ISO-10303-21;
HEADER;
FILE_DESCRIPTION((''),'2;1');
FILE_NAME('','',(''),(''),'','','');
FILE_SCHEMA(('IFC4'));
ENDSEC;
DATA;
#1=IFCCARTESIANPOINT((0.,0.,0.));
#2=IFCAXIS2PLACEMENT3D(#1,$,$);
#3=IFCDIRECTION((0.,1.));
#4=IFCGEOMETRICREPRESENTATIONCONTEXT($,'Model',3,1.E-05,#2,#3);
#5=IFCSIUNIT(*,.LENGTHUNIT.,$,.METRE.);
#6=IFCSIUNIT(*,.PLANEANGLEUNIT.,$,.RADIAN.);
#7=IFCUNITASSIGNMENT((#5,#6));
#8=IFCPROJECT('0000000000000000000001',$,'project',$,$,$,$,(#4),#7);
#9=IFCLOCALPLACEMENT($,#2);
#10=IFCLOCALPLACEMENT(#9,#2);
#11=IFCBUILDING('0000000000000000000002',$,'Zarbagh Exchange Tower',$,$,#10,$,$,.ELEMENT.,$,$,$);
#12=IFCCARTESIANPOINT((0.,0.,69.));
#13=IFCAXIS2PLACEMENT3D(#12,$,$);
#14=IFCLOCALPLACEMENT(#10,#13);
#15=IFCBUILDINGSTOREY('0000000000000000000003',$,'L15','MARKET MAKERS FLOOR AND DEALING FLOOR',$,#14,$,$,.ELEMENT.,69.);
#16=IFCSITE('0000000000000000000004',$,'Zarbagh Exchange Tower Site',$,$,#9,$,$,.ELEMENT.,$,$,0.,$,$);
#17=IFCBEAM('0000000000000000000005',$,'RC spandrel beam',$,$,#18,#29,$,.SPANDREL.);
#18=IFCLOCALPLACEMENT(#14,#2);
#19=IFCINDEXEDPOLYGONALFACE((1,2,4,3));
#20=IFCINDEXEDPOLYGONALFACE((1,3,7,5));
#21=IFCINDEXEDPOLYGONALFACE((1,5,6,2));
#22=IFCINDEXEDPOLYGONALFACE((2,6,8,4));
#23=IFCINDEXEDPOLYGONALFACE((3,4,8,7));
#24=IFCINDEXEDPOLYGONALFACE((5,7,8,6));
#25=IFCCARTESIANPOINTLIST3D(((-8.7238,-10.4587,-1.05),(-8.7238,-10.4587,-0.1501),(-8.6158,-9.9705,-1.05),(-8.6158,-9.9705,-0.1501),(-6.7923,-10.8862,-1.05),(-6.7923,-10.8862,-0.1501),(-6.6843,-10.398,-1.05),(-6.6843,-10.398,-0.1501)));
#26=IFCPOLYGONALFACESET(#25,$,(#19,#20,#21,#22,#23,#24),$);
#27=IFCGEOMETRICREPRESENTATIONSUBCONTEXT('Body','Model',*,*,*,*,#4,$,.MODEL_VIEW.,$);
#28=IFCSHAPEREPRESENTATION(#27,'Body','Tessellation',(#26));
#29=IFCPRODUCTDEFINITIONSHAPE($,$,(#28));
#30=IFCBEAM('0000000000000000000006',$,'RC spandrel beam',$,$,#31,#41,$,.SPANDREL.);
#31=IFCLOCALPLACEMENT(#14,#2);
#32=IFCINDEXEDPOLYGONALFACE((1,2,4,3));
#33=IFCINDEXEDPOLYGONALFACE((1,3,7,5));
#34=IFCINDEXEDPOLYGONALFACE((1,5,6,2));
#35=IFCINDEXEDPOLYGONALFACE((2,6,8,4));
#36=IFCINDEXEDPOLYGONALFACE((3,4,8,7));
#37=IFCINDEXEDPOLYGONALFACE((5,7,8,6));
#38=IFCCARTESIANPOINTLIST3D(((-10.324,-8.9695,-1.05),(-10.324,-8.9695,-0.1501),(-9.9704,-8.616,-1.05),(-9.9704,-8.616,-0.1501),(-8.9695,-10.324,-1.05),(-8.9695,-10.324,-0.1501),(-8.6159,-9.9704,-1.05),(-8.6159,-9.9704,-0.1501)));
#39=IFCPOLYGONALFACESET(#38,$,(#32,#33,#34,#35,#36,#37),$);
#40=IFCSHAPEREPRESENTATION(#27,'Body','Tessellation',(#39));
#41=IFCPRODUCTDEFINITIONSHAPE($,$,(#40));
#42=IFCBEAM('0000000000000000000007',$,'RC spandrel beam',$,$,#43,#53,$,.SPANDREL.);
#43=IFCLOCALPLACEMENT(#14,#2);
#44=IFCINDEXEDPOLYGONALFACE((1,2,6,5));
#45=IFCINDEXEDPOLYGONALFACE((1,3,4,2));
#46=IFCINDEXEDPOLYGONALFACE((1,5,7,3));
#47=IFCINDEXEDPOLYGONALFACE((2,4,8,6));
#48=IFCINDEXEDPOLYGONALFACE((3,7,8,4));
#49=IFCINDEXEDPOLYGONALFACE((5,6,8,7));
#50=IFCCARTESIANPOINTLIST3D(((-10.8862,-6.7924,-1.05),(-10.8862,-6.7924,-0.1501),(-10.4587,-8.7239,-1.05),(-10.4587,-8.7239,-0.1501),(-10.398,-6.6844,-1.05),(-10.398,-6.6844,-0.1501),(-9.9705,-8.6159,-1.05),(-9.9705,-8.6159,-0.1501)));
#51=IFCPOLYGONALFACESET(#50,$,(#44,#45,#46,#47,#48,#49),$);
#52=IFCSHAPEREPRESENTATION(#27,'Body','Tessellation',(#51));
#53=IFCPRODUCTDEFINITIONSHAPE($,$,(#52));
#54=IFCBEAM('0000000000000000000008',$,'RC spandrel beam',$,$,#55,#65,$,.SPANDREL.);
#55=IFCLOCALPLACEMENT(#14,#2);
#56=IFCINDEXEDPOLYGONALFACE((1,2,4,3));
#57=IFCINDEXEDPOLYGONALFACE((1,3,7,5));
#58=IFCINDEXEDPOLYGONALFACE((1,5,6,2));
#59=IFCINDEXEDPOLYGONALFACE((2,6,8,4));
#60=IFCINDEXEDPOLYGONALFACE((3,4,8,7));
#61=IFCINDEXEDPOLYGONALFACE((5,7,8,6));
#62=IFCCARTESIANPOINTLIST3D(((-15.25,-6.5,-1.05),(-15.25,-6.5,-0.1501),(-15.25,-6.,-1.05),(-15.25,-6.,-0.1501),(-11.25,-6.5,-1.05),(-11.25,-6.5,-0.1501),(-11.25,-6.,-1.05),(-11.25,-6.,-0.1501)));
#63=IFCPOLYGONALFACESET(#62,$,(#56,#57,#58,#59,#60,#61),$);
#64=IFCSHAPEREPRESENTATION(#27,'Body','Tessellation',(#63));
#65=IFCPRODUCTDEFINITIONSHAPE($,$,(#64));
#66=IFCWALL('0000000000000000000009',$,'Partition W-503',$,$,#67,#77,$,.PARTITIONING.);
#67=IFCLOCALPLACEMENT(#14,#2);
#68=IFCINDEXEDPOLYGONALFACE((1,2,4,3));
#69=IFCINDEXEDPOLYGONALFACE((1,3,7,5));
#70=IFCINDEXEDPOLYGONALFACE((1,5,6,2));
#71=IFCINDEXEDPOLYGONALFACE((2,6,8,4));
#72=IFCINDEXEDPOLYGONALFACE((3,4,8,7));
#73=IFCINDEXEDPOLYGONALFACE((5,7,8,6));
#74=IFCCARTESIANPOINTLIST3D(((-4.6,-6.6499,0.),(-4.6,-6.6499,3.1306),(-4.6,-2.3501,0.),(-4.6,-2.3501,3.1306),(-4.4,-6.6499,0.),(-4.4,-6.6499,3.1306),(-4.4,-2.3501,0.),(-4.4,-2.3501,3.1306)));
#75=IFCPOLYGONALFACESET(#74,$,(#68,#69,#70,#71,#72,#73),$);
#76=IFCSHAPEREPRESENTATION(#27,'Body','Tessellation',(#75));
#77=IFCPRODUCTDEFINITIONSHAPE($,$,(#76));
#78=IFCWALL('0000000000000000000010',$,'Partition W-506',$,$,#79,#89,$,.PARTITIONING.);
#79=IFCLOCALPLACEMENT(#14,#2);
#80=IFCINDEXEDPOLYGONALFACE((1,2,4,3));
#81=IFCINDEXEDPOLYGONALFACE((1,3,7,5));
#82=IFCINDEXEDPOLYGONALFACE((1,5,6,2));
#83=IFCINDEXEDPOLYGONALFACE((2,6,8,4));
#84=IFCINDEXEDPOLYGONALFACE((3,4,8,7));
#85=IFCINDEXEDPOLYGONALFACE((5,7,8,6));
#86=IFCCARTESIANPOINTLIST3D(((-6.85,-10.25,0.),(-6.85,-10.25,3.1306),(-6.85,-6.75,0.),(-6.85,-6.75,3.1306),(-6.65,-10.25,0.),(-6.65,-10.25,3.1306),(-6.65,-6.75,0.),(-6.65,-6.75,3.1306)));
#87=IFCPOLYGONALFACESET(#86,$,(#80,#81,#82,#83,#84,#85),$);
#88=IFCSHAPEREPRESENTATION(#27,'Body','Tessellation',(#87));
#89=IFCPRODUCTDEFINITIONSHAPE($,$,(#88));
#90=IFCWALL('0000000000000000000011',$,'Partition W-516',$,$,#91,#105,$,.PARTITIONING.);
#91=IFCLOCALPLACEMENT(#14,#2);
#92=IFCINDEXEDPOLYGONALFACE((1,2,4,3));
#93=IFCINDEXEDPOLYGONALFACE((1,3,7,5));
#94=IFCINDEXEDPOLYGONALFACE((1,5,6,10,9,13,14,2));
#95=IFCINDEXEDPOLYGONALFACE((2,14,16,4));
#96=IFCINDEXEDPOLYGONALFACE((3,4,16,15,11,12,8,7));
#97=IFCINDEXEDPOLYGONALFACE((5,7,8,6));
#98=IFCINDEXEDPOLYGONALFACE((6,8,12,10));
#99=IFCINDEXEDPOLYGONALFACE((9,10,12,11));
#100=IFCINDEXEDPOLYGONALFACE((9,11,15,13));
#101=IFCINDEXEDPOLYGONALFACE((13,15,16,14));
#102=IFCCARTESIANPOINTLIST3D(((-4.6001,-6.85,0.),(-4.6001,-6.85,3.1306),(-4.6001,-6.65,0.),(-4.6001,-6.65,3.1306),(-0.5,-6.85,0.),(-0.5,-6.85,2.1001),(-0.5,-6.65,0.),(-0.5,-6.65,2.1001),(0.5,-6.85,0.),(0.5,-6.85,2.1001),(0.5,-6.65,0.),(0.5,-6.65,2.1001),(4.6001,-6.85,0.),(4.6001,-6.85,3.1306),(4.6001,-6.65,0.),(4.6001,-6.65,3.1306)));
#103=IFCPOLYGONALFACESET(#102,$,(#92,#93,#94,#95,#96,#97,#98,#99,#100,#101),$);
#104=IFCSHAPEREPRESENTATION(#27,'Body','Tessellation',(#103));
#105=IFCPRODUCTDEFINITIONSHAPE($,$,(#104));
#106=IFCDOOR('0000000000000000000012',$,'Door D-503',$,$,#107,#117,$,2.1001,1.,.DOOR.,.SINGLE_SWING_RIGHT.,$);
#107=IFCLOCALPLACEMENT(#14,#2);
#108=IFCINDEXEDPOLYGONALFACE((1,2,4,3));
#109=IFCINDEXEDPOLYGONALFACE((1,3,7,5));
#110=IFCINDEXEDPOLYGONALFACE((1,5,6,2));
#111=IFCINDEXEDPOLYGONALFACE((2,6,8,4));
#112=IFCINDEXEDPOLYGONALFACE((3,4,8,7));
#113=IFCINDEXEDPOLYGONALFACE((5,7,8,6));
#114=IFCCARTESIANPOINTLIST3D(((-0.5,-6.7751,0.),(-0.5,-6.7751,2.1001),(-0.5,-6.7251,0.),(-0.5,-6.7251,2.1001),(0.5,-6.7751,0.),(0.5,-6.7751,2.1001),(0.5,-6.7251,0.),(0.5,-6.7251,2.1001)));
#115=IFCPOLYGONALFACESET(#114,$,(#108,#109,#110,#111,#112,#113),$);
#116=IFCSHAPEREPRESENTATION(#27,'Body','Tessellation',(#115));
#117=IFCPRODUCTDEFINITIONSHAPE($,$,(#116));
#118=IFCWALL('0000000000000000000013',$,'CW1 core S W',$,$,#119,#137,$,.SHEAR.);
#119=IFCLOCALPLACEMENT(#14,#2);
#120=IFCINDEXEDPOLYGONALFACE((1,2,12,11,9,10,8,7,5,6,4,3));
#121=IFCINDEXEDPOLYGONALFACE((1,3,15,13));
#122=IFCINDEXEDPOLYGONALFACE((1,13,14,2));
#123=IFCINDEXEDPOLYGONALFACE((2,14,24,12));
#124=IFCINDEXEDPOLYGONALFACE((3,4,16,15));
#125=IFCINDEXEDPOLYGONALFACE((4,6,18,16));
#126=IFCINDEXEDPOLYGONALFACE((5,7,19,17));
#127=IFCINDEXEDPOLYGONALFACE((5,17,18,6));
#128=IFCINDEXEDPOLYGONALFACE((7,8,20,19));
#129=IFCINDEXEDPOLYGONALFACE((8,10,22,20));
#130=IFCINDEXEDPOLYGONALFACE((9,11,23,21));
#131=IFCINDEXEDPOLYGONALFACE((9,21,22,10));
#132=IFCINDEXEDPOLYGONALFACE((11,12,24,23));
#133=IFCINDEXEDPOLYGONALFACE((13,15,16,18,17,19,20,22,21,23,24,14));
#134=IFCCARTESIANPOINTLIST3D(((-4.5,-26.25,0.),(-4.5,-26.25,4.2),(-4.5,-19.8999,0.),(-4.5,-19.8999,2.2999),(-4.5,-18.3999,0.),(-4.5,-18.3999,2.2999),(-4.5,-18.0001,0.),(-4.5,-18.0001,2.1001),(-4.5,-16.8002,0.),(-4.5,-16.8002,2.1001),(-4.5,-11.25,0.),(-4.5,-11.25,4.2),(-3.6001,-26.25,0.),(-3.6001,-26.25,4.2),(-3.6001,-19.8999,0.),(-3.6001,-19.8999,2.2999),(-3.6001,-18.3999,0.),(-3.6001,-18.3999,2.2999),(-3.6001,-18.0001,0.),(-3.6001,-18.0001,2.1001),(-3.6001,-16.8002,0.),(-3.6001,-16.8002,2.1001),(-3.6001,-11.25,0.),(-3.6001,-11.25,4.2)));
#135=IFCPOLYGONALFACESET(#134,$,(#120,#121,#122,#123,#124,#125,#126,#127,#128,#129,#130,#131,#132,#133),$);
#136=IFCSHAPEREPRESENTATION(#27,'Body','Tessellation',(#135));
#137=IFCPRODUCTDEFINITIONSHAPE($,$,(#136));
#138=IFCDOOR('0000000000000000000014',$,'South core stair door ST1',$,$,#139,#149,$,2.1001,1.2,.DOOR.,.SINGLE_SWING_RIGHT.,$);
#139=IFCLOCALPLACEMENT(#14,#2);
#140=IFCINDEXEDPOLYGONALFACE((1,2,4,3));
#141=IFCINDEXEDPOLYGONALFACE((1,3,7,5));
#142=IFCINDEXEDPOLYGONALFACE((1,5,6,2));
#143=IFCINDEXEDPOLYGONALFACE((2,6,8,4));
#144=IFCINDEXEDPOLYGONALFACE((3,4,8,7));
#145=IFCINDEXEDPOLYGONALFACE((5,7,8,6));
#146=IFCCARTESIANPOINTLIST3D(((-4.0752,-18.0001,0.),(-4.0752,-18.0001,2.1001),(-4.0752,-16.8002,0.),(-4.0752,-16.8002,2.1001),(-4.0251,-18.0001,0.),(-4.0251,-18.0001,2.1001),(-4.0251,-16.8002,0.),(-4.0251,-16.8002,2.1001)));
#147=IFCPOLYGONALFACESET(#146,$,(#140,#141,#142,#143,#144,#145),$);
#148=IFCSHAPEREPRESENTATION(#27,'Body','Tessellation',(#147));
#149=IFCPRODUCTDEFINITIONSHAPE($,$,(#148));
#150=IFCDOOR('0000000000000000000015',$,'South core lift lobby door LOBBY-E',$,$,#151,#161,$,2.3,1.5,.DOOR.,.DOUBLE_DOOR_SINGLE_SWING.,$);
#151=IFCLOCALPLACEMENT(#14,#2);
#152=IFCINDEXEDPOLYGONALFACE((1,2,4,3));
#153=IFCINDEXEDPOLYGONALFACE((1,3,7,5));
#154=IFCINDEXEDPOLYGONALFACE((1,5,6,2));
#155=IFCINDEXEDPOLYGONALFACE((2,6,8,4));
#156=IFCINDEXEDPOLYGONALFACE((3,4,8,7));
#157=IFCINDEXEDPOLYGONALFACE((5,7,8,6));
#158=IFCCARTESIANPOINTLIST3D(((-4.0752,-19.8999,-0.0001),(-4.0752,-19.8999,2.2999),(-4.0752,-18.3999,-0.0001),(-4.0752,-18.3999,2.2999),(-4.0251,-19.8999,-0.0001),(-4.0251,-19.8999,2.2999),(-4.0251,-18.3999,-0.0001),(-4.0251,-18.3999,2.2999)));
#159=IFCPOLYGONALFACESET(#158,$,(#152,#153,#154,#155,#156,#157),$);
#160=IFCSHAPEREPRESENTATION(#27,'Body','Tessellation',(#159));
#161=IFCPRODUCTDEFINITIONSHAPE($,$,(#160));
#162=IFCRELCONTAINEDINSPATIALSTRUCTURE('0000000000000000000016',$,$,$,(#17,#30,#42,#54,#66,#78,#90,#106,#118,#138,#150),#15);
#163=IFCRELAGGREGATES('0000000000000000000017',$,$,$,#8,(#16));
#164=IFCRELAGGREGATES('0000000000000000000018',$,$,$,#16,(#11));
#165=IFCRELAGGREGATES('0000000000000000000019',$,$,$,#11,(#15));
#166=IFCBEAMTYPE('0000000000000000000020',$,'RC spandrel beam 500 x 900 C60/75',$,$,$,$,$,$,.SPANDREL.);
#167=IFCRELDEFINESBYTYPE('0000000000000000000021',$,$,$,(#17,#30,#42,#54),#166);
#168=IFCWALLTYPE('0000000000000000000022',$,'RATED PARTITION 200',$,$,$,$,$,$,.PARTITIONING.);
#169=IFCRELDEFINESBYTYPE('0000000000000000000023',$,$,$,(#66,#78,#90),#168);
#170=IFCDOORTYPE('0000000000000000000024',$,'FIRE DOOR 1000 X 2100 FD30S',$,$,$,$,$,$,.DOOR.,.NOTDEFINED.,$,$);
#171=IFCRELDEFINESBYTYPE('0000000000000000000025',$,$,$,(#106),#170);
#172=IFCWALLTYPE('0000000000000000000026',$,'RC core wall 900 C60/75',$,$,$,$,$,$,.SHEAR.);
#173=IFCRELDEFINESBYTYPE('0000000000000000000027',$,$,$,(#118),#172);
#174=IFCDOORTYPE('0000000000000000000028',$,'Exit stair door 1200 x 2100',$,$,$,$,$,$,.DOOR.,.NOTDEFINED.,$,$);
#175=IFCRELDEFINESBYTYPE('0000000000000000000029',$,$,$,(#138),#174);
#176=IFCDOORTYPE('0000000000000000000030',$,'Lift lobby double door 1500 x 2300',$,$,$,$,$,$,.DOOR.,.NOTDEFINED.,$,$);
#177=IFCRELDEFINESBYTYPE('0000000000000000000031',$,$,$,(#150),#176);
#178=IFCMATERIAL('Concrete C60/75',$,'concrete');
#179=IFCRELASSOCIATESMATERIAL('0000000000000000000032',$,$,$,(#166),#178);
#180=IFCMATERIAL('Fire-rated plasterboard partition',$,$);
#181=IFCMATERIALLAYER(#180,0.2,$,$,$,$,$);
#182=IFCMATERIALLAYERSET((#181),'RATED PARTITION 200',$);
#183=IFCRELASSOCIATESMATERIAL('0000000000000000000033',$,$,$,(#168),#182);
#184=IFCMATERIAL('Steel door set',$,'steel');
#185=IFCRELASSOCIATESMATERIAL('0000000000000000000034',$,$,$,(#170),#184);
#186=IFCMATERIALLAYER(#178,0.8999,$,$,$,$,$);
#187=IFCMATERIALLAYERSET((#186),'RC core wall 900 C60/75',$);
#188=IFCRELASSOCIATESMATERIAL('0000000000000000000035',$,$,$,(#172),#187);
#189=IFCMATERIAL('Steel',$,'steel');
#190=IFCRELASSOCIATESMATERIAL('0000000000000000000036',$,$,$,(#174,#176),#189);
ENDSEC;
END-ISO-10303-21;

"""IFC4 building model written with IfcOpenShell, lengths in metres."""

from ifc_helpers import new_model, si_unit, direction, frame, frame_2d, origin, origin_2d, place, context, subcontext, project, spatial, rectangle, extrude, material, layer, layer_set, material_profile, profile_set, type_object, element, fill, save


model = new_model("IFC4")

# Units and contexts
model_context = context("Model", 3, precision=1e-05, world=origin(), true_north=direction((0.0, 1.0)))
body_context = subcontext(model_context, "Body", "Model", "MODEL_VIEW")
ifc_project = project(units=[si_unit("LENGTHUNIT", "METRE"), si_unit("PLANEANGLEUNIT", "RADIAN")], contexts=[model_context])

# Site, building, storey
site_placement = place(None, origin())
site = spatial("IfcSite", under=ifc_project, at=site_placement, Name="Zarbagh Exchange Tower Site", CompositionType="ELEMENT", RefElevation=0.0)
building_placement = place(site_placement, origin())
building = spatial("IfcBuilding", under=site, at=building_placement, Name="Zarbagh Exchange Tower", CompositionType="ELEMENT")
storey_placement = place(building_placement, frame((0.0, 0.0, 69.0)))
storey = spatial("IfcBuildingStorey", under=building, at=storey_placement, Name="L15", Description="MARKET MAKERS FLOOR AND DEALING FLOOR", CompositionType="ELEMENT", Elevation=69.0)

# Shared definitions
ifc_material_1 = material(Name="Concrete C60/75", Category="concrete")

# Beams
ifc_material_profile_1 = material_profile(ifc_material_1, rectangle(XDim=0.5, YDim=0.8999, at=origin_2d()), Name="RC spandrel beam 500 x 900 C60/75")
ifc_profile_set_1 = profile_set([ifc_material_profile_1], Name="Concrete C60/75")
beam_type_1 = type_object("IfcBeamType", Name="RC spandrel beam 500 x 900 C60/75", PredefinedType="SPANDREL", material=ifc_profile_set_1)
beam_1_placement = place(storey_placement, frame((-6.7383, -10.6421, -0.6001), z_axis=(-0.976375, 0.216081, 0.0), x_axis=(-0.216081, -0.976375, 0.0)))
element("IfcBeam", 1, at=beam_1_placement, inside=storey, type_object=beam_type_1, Name="RC spandrel beam", PredefinedType="SPANDREL", context=body_context, shape_type="SweptSolid", body=[
    extrude(rectangle(XDim=0.5, YDim=0.8999, at=origin_2d()), origin(), (0.0, 0.0, 1.0), 1.9783),
])
beam_2_placement = place(storey_placement, frame((-8.7927, -10.1472, -0.6001), z_axis=(-0.707107, 0.707107, 0.0), x_axis=(-0.707107, -0.707107, 0.0)))
element("IfcBeam", 2, at=beam_2_placement, inside=storey, type_object=beam_type_1, Name="RC spandrel beam", PredefinedType="SPANDREL", context=body_context, shape_type="SweptSolid", body=[
    extrude(rectangle(XDim=0.5, YDim=0.8999, at=origin_2d()), origin(), (0.0, 0.0, 1.0), 1.9155),
])
beam_3_placement = place(storey_placement, frame((-10.2146, -8.6699, -0.6001), z_axis=(-0.216081, 0.976375, 0.0), x_axis=(-0.976375, -0.216081, 0.0)))
element("IfcBeam", 3, at=beam_3_placement, inside=storey, type_object=beam_type_1, Name="RC spandrel beam", PredefinedType="SPANDREL", context=body_context, shape_type="SweptSolid", body=[
    extrude(rectangle(XDim=0.5, YDim=0.8999, at=origin_2d()), origin(), (0.0, 0.0, 1.0), 1.9783),
])
beam_4_placement = place(storey_placement, frame((-11.25, -6.25, -0.6001), z_axis=(-1.0, 0.0, 0.0), x_axis=(0.0, -1.0, 0.0)))
element("IfcBeam", 4, at=beam_4_placement, inside=storey, type_object=beam_type_1, Name="RC spandrel beam", PredefinedType="SPANDREL", context=body_context, shape_type="SweptSolid", body=[
    extrude(rectangle(XDim=0.5, YDim=0.8999, at=origin_2d()), origin(), (0.0, 0.0, 1.0), 4.0),
])

# Walls
ifc_material_2 = material(Name="Fire-rated plasterboard partition")
ifc_layer_1 = layer(ifc_material_2, 0.2)
ifc_layer_set_1 = layer_set([ifc_layer_1], Name="RATED PARTITION 200")
wall_type_1 = type_object("IfcWallType", Name="RATED PARTITION 200", PredefinedType="PARTITIONING", material=ifc_layer_set_1)
wall_1_placement = place(storey_placement, frame((-4.5, -6.6499, 0.0), z_axis=(0.0, 0.0, 1.0), x_axis=(0.0, 1.0, 0.0)))
element("IfcWall", 5, at=wall_1_placement, inside=storey, type_object=wall_type_1, Name="Partition W-503", PredefinedType="PARTITIONING", context=body_context, shape_type="SweptSolid", body=[
    extrude(rectangle(XDim=4.2998, YDim=0.2, at=frame_2d((2.1499, 0.0))), origin(), (0.0, 0.0, 1.0), 3.1306),
])
wall_2_placement = place(storey_placement, frame((-6.75, -10.25, 0.0), z_axis=(0.0, 0.0, 1.0), x_axis=(0.0, 1.0, 0.0)))
element("IfcWall", 6, at=wall_2_placement, inside=storey, type_object=wall_type_1, Name="Partition W-506", PredefinedType="PARTITIONING", context=body_context, shape_type="SweptSolid", body=[
    extrude(rectangle(XDim=3.5, YDim=0.2, at=frame_2d((1.75, 0.0))), origin(), (0.0, 0.0, 1.0), 3.1306),
])

# Wall, opening, door
wall_3_placement = place(storey_placement, frame((-4.6001, -6.75, 0.0), z_axis=(0.0, 0.0, 1.0), x_axis=(1.0, 0.0, 0.0)))
wall_3 = element("IfcWall", 7, at=wall_3_placement, inside=storey, type_object=wall_type_1, Name="Partition W-516", PredefinedType="PARTITIONING", context=body_context, shape_type="SweptSolid", body=[
    extrude(rectangle(XDim=9.2002, YDim=0.2, at=frame_2d((4.6001, 0.0))), origin(), (0.0, 0.0, 1.0), 3.1306),
])
opening_1_placement = place(wall_3_placement, frame((4.1001, 0.0, 0.0)))
opening_1 = element("IfcOpeningElement", 8, at=opening_1_placement, cuts=wall_3, PredefinedType="OPENING", context=body_context, shape_type="SweptSolid", body=[
    extrude(rectangle(XDim=1.0, YDim=2.1001, at=frame_2d((0.5, 1.05))), frame((0.0, 0.1099, 0.0), z_axis=(0.0, -1.0, 0.0), x_axis=(1.0, 0.0, 0.0)), (0.0, 0.0, 1.0), 0.22),
])
ifc_material_3 = material(Name="Steel door set", Category="steel")
door_type_1 = type_object("IfcDoorType", Name="FIRE DOOR 1000 X 2100 FD30S", OperationType="NOTDEFINED", PredefinedType="DOOR", material=ifc_material_3)
door_1_placement = place(opening_1_placement, origin())
door_1 = element("IfcDoor", 9, at=door_1_placement, inside=storey, type_object=door_type_1, Name="Door D-503", OperationType="SINGLE_SWING_RIGHT", OverallHeight=2.1001, OverallWidth=1.0, PredefinedType="DOOR", context=body_context, shape_type="SweptSolid", body=[
    extrude(rectangle(XDim=1.0, YDim=2.1001, at=frame_2d((0.5, 1.05))), frame((0.0, 0.0249, 0.0), z_axis=(0.0, -1.0, 0.0), x_axis=(1.0, 0.0, 0.0)), (0.0, 0.0, 1.0), 0.05),
])
fill(opening_1, door_1)

# Wall, openings, doors
ifc_layer_2 = layer(ifc_material_1, 0.8999)
ifc_layer_set_2 = layer_set([ifc_layer_2], Name="RC core wall 900 C60/75")
wall_type_2 = type_object("IfcWallType", Name="RC core wall 900 C60/75", PredefinedType="SHEAR", material=ifc_layer_set_2)
wall_4_placement = place(storey_placement, frame((-4.05, -11.25, 0.0), z_axis=(0.0, 0.0, 1.0), x_axis=(0.0, -1.0, 0.0)))
wall_4 = element("IfcWall", 10, at=wall_4_placement, inside=storey, type_object=wall_type_2, Name="CW1 core S W", PredefinedType="SHEAR", context=body_context, shape_type="SweptSolid", body=[
    extrude(rectangle(XDim=15.0, YDim=0.8999, at=frame_2d((7.5, 0.0))), origin(), (0.0, 0.0, 1.0), 4.2),
])
opening_2_placement = place(wall_4_placement, frame((7.1499, 0.0, 0.0)))
opening_2 = element("IfcOpeningElement", 11, at=opening_2_placement, cuts=wall_4, PredefinedType="OPENING", context=body_context, shape_type="SweptSolid", body=[
    extrude(rectangle(XDim=1.5, YDim=2.3, at=frame_2d((0.75, 1.1499))), frame((0.0, 0.46, 0.0), z_axis=(0.0, -1.0, 0.0), x_axis=(1.0, 0.0, 0.0)), (0.0, 0.0, 1.0), 0.9199),
])
opening_3_placement = place(wall_4_placement, frame((5.55, 0.0, 0.0)))
opening_3 = element("IfcOpeningElement", 12, at=opening_3_placement, cuts=wall_4, PredefinedType="OPENING", context=body_context, shape_type="SweptSolid", body=[
    extrude(rectangle(XDim=1.2, YDim=2.1001, at=frame_2d((0.6001, 1.05))), frame((0.0, 0.46, 0.0), z_axis=(0.0, -1.0, 0.0), x_axis=(1.0, 0.0, 0.0)), (0.0, 0.0, 1.0), 0.9199),
])
ifc_material_4 = material(Name="Steel", Category="steel")
door_type_2 = type_object("IfcDoorType", Name="Exit stair door 1200 x 2100", OperationType="NOTDEFINED", PredefinedType="DOOR", material=ifc_material_4)
door_2_placement = place(opening_3_placement, origin())
door_2 = element("IfcDoor", 13, at=door_2_placement, inside=storey, type_object=door_type_2, Name="South core stair door ST1", OperationType="SINGLE_SWING_RIGHT", OverallHeight=2.1001, OverallWidth=1.2, PredefinedType="DOOR", context=body_context, shape_type="SweptSolid", body=[
    extrude(rectangle(XDim=1.2, YDim=2.1001, at=frame_2d((0.6001, 1.05))), frame((0.0, 0.0249, 0.0), z_axis=(0.0, -1.0, 0.0), x_axis=(1.0, 0.0, 0.0)), (0.0, 0.0, 1.0), 0.05),
])
fill(opening_3, door_2)
door_type_3 = type_object("IfcDoorType", Name="Lift lobby double door 1500 x 2300", OperationType="NOTDEFINED", PredefinedType="DOOR", material=ifc_material_4)
door_3_placement = place(opening_2_placement, origin())
door_3 = element("IfcDoor", 14, at=door_3_placement, inside=storey, type_object=door_type_3, Name="South core lift lobby door LOBBY-E", OperationType="DOUBLE_DOOR_SINGLE_SWING", OverallHeight=2.3, OverallWidth=1.5, PredefinedType="DOOR", context=body_context, shape_type="SweptSolid", body=[
    extrude(rectangle(XDim=1.5, YDim=2.3, at=frame_2d((0.75, 1.1499))), frame((0.0, 0.0249, 0.0), z_axis=(0.0, -1.0, 0.0), x_axis=(1.0, 0.0, 0.0)), (0.0, 0.0, 1.0), 0.05),
])
fill(opening_2, door_3)

save(model, "model.ifc")
